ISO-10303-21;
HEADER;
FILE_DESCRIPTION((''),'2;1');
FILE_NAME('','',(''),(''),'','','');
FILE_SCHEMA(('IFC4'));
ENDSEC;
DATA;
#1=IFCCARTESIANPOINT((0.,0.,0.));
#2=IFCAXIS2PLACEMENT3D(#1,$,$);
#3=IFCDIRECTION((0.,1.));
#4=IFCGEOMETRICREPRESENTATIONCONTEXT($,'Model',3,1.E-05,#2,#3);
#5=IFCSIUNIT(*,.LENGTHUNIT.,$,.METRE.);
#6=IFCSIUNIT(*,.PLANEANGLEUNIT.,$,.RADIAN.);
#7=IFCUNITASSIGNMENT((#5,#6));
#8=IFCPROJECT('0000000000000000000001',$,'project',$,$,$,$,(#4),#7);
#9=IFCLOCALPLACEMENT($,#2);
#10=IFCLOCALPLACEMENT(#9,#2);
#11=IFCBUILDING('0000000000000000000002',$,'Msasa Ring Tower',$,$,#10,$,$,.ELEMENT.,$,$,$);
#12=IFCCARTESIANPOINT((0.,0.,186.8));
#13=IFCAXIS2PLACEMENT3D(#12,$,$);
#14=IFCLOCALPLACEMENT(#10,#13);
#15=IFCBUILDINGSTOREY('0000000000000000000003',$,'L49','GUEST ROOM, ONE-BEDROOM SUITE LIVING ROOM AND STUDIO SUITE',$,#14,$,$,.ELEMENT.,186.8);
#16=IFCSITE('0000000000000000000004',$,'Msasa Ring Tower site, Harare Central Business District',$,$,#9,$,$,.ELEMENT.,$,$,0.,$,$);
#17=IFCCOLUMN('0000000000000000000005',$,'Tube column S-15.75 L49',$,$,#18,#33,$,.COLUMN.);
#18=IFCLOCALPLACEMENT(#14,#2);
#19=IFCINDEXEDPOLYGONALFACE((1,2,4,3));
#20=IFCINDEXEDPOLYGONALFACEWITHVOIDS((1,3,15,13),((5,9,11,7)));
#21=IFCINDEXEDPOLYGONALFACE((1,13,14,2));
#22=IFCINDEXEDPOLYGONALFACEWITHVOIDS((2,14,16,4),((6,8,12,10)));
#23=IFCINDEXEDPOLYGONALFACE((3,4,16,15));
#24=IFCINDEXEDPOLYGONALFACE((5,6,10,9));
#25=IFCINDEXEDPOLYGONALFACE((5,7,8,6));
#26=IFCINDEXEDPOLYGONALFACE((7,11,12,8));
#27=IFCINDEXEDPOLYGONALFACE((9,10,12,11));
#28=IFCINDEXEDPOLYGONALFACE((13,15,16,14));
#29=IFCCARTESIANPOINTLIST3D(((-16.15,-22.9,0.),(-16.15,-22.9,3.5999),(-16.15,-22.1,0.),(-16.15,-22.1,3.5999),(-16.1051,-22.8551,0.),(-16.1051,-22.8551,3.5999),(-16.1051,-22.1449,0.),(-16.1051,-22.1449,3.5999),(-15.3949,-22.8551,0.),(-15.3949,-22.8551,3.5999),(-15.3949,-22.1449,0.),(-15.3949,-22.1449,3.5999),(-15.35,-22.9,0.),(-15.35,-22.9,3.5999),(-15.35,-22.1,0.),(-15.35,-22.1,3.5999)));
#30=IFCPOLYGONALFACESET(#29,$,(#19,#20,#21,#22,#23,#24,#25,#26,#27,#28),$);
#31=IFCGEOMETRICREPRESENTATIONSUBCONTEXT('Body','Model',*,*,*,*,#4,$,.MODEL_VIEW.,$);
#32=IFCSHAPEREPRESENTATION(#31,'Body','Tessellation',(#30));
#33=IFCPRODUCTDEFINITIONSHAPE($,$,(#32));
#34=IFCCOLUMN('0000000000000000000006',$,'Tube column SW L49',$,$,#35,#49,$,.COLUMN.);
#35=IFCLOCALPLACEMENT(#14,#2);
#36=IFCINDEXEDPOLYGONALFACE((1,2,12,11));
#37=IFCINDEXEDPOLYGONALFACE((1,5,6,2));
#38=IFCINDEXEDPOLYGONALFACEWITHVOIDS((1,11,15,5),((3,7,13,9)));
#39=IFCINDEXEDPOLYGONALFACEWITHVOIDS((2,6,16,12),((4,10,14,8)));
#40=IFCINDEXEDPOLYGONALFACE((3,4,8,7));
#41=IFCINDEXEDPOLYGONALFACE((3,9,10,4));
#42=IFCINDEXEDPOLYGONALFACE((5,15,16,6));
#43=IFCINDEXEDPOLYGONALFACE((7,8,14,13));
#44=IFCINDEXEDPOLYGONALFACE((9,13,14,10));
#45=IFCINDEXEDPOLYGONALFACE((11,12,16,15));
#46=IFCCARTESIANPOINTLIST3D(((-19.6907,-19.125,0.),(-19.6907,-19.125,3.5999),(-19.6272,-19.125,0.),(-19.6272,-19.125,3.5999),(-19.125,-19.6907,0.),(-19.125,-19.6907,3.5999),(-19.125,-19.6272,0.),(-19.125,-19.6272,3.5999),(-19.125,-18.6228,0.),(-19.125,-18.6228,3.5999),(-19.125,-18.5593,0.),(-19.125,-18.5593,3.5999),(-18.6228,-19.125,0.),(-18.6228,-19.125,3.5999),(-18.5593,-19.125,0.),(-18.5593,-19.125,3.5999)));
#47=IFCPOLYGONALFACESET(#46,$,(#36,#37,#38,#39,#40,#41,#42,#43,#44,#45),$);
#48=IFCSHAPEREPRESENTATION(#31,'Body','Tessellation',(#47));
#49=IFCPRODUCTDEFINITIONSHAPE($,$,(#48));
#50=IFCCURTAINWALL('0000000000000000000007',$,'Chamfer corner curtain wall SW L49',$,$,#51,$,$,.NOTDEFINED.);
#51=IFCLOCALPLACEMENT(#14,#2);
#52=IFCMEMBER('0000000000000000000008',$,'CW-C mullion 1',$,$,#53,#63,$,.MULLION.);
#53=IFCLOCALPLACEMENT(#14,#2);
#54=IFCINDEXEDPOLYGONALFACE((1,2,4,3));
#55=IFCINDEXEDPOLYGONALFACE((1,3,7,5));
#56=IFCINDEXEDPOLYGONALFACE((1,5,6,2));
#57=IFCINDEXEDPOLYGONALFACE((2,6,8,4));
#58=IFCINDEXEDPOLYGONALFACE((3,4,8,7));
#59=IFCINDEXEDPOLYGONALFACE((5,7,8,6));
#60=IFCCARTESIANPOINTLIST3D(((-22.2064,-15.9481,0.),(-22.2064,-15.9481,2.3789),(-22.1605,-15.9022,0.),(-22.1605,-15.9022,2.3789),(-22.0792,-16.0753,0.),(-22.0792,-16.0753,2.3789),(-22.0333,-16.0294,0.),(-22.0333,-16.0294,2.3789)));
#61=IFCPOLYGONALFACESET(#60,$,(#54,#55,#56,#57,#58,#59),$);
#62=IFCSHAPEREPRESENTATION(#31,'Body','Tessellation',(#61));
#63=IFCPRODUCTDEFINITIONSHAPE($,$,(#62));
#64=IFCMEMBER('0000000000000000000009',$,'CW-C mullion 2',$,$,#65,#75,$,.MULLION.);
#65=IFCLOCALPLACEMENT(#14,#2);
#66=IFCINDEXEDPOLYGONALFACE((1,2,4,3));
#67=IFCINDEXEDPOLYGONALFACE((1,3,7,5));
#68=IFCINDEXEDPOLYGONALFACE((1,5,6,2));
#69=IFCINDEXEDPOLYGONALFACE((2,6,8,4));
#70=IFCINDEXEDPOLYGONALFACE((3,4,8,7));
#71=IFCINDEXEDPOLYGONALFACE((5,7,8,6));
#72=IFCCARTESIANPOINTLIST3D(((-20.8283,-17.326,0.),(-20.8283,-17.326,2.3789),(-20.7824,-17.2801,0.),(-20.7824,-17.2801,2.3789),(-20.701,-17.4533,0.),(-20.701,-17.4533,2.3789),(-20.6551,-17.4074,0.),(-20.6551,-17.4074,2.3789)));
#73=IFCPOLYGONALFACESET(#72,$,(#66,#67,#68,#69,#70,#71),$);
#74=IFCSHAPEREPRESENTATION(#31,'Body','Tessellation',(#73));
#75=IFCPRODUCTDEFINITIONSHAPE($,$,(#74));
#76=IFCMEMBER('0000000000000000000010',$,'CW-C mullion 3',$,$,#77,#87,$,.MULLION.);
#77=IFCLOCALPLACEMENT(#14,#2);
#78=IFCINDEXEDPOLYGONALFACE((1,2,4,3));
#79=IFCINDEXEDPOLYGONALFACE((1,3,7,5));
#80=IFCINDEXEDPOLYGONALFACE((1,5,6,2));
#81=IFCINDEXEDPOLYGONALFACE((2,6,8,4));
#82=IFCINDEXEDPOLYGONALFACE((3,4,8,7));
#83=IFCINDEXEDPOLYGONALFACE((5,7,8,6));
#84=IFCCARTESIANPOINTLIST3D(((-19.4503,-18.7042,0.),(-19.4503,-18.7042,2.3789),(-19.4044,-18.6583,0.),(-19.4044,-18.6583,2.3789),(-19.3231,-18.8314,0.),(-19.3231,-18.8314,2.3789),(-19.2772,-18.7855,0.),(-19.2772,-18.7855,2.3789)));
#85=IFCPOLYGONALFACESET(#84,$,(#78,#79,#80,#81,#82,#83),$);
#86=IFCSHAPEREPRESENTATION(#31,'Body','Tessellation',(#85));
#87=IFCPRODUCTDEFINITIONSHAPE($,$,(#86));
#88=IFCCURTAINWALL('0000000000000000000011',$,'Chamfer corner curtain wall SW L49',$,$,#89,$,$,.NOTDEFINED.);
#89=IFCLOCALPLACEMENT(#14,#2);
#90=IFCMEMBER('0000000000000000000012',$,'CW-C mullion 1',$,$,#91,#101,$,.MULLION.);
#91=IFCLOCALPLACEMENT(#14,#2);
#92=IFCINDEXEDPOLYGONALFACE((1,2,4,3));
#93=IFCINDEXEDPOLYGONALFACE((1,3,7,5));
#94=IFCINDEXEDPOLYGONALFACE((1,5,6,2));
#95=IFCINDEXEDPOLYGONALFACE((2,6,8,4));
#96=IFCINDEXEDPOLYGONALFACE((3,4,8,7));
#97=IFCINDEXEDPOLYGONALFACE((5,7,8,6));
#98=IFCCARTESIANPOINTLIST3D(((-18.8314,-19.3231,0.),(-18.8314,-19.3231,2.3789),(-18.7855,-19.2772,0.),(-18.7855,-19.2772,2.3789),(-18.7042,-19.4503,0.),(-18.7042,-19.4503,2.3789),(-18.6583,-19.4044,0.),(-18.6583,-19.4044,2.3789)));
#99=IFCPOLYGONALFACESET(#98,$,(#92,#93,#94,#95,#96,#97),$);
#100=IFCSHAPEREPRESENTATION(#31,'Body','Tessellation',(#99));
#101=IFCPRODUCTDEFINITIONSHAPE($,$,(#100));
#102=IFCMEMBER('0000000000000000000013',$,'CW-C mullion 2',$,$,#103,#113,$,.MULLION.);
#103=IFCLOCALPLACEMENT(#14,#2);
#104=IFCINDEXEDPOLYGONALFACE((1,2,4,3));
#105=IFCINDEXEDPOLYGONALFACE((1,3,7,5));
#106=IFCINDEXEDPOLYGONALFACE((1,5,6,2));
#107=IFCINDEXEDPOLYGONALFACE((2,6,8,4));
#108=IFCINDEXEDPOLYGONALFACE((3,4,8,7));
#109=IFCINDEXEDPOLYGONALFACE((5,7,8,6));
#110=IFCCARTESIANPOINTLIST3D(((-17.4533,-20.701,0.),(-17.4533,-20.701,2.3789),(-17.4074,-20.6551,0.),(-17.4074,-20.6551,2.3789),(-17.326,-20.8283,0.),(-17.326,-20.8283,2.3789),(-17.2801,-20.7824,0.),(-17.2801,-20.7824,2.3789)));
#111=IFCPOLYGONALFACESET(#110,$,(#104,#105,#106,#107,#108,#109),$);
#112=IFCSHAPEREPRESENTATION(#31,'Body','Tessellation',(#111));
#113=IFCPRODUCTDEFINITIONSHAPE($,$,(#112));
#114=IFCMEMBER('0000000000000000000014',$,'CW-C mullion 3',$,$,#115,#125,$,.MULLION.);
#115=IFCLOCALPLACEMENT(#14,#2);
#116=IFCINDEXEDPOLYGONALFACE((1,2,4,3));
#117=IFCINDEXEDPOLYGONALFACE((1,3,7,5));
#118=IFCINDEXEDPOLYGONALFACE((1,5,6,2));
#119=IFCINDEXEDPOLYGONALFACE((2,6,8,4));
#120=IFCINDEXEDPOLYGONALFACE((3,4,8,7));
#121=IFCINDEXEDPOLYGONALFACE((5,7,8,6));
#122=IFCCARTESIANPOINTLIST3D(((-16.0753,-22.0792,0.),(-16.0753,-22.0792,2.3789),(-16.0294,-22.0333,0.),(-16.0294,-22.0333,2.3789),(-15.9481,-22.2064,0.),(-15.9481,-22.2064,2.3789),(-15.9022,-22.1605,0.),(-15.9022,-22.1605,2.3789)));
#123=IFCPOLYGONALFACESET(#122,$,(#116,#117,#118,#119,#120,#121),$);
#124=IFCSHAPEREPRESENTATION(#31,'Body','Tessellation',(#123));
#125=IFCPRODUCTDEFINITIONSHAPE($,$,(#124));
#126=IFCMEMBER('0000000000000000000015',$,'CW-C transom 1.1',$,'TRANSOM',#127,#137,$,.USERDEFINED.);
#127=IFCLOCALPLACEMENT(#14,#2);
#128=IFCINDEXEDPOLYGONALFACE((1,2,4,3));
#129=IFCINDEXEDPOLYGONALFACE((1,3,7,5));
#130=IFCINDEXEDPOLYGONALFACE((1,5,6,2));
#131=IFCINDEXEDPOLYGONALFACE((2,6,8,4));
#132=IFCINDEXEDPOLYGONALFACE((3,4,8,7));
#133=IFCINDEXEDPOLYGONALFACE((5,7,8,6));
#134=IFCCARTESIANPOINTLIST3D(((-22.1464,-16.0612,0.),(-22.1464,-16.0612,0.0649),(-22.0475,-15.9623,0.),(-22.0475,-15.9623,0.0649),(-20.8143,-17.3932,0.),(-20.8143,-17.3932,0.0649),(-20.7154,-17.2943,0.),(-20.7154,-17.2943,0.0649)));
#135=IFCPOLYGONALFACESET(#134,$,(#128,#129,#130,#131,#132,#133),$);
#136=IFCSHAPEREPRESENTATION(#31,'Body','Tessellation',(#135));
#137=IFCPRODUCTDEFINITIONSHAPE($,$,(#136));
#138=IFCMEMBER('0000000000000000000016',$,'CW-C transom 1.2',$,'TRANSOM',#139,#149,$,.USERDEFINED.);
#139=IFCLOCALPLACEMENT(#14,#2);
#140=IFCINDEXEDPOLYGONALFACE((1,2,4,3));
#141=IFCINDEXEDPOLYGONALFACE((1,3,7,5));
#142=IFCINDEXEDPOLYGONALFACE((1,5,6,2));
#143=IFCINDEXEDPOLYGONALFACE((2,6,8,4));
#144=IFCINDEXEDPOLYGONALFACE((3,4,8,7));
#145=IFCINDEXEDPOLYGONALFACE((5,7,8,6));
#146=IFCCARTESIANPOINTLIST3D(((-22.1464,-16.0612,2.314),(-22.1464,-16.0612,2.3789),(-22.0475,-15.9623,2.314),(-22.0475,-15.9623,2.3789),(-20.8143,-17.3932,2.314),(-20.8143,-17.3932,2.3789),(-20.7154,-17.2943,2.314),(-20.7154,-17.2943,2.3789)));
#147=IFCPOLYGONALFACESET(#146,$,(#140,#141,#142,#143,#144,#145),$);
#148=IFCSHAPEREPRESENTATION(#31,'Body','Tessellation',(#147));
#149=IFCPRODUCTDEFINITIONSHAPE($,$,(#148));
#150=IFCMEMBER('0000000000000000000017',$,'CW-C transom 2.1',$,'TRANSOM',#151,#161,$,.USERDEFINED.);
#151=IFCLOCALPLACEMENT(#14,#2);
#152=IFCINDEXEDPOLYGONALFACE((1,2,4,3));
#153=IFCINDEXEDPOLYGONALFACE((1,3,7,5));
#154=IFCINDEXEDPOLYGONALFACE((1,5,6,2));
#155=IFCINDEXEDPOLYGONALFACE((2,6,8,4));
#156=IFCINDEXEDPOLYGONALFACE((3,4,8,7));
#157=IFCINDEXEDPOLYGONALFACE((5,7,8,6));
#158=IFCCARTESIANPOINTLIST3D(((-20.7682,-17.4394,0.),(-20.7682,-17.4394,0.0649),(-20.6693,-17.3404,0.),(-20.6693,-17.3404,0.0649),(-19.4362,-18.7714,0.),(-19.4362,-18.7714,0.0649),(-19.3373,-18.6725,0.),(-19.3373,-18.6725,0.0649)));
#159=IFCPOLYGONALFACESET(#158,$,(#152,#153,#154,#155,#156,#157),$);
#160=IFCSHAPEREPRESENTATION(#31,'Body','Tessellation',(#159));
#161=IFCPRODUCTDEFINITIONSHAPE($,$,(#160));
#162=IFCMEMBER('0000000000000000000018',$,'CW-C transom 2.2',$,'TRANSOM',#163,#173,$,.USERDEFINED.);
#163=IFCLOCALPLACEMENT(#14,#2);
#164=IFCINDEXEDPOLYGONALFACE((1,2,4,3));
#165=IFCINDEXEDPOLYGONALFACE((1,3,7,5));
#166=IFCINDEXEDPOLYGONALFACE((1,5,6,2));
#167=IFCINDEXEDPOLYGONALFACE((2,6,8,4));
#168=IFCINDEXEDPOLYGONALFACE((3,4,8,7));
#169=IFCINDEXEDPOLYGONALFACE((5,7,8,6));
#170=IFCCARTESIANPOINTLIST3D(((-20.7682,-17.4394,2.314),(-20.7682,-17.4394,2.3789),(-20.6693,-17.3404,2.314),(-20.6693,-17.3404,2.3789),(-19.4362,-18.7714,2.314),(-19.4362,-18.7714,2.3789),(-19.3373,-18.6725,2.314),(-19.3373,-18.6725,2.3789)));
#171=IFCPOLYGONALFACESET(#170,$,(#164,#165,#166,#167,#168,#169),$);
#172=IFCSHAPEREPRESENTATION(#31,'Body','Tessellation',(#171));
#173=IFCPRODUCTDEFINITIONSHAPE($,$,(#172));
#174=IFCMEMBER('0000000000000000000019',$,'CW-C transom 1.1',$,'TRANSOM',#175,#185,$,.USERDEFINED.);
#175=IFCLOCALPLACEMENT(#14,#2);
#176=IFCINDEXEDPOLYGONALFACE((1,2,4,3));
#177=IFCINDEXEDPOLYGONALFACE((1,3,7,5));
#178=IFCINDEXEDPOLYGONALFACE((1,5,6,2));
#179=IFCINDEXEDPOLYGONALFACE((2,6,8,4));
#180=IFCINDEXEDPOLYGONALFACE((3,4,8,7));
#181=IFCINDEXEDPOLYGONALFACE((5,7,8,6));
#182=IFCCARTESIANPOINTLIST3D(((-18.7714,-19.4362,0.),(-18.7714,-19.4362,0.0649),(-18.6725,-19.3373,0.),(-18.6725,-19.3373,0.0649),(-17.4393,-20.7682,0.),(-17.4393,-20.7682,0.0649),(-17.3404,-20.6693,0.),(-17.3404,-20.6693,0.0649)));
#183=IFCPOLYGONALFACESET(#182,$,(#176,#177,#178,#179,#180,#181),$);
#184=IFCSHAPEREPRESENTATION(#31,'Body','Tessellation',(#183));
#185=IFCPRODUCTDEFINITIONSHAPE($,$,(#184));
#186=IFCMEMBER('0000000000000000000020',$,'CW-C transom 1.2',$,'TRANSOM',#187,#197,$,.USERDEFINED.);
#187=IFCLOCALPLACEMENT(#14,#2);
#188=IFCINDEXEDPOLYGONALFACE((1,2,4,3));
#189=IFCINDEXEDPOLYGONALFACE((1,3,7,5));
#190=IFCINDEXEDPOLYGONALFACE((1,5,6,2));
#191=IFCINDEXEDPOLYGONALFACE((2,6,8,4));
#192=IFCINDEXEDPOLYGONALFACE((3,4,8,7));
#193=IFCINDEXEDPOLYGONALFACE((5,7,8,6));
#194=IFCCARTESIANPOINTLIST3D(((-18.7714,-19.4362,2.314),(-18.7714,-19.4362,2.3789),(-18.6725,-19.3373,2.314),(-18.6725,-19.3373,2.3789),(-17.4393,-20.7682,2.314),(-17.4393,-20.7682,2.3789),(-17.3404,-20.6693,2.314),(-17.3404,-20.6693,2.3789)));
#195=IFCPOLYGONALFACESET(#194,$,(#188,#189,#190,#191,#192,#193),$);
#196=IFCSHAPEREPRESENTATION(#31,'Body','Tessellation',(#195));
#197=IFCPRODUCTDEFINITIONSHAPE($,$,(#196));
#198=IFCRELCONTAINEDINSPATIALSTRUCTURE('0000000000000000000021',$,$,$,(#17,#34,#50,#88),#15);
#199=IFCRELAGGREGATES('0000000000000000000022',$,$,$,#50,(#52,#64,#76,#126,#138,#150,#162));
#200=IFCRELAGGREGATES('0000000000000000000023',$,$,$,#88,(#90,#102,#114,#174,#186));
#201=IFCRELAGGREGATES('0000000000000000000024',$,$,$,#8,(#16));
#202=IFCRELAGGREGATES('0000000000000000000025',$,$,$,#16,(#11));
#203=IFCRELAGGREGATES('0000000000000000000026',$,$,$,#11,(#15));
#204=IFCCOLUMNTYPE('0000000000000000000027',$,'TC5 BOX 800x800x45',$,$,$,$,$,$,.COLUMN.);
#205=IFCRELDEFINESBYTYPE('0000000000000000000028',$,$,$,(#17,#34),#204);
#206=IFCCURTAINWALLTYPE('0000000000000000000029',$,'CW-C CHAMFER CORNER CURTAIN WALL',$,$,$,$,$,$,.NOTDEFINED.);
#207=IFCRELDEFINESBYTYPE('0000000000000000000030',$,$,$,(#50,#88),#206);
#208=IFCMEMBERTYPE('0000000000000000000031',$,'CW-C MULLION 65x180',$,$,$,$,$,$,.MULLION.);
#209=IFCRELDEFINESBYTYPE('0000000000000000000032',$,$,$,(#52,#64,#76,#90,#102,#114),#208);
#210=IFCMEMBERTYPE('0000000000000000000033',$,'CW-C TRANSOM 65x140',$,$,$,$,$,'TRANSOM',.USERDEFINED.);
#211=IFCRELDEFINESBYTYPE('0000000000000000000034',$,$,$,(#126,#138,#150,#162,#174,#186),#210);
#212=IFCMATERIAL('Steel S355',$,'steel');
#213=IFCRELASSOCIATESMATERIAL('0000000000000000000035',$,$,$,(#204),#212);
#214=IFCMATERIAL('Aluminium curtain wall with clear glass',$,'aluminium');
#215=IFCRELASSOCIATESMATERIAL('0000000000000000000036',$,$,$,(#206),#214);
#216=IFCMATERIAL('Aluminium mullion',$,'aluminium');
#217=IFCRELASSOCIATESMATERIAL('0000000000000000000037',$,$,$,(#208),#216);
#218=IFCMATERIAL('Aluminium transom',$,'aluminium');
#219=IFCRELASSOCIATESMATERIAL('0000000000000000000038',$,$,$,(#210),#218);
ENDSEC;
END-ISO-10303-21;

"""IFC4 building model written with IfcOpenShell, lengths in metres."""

from ifc_helpers import new_model, si_unit, direction, frame, origin, origin_2d, place, context, subcontext, project, spatial, rectangle, hollow_rectangle, extrude, material, material_profile, profile_set, type_object, element, aggregate, save


model = new_model("IFC4")

# Units and contexts
model_context = context("Model", 3, precision=1e-05, world=origin(), true_north=direction((0.0, 1.0)))
body_context = subcontext(model_context, "Body", "Model", "MODEL_VIEW")
ifc_project = project(units=[si_unit("LENGTHUNIT", "METRE"), si_unit("PLANEANGLEUNIT", "RADIAN")], contexts=[model_context])

# Site, building, storey
site_placement = place(None, origin())
site = spatial("IfcSite", under=ifc_project, at=site_placement, Name="Msasa Ring Tower site, Harare Central Business District", CompositionType="ELEMENT", RefElevation=0.0)
building_placement = place(site_placement, origin())
building = spatial("IfcBuilding", under=site, at=building_placement, Name="Msasa Ring Tower", CompositionType="ELEMENT")
storey_placement = place(building_placement, frame((0.0, 0.0, 186.8)))
storey = spatial("IfcBuildingStorey", under=building, at=storey_placement, Name="L49", Description="GUEST ROOM, ONE-BEDROOM SUITE LIVING ROOM AND STUDIO SUITE", CompositionType="ELEMENT", Elevation=186.8)

# Columns
ifc_material_1 = material(Name="Steel S355", Category="steel")
ifc_material_profile_1 = material_profile(ifc_material_1, hollow_rectangle(XDim=0.8, YDim=0.8, WallThickness=0.0449, at=origin_2d()), Name="BOX 800x800x45")
ifc_profile_set_1 = profile_set([ifc_material_profile_1], Name="Steel S355")
column_type = type_object("IfcColumnType", Name="TC5 BOX 800x800x45", PredefinedType="COLUMN", material=ifc_profile_set_1)
for number, where, z_axis, x_axis, name in (
    (1, (-15.75, -22.5, 0.0), (0.0, 0.0, 1.0), (0.0, 1.0, 0.0), "Tube column S-15.75 L49"),
    (2, (-19.125, -19.125, 0.0), (0.0, 0.0, 1.0), (0.707107, 0.707107, 0.0), "Tube column SW L49"),
):
    element("IfcColumn", number, at=place(storey_placement, frame(where, z_axis=z_axis, x_axis=x_axis)), inside=storey, type_object=column_type, Name=name, PredefinedType="COLUMN", context=body_context, shape_type="SweptSolid", body=[
        extrude(hollow_rectangle(XDim=0.8, YDim=0.8, WallThickness=0.0449, at=origin_2d()), origin(), (0.0, 0.0, 1.0), 3.5999),
    ])

# Curtain walls, members
ifc_material_2 = material(Name="Aluminium curtain wall with clear glass", Category="aluminium")
curtain_wall_type = type_object("IfcCurtainWallType", Name="CW-C CHAMFER CORNER CURTAIN WALL", PredefinedType="NOTDEFINED", material=ifc_material_2)
curtain_wall_1_placement = place(storey_placement, origin())
curtain_wall_1 = element("IfcCurtainWall", 3, at=curtain_wall_1_placement, inside=storey, type_object=curtain_wall_type, Name="Chamfer corner curtain wall SW L49", PredefinedType="NOTDEFINED")
ifc_material_3 = material(Name="Aluminium mullion", Category="aluminium")
ifc_material_profile_2 = material_profile(ifc_material_3, rectangle(XDim=0.0649, YDim=0.1799, at=origin_2d()), Name="AL 65x180")
ifc_profile_set_2 = profile_set([ifc_material_profile_2], Name="Aluminium mullion")
member_type_1 = type_object("IfcMemberType", Name="CW-C MULLION 65x180", PredefinedType="MULLION", material=ifc_profile_set_2)
member_1_placement = place(storey_placement, frame((-22.1199, -15.9888, 0.0), z_axis=(0.0, 0.0, 1.0), x_axis=(0.707107, 0.707107, 0.0)))
member_1 = element("IfcMember", 4, at=member_1_placement, type_object=member_type_1, Name="CW-C mullion 1", PredefinedType="MULLION", context=body_context, shape_type="SweptSolid", body=[
    extrude(rectangle(XDim=0.0649, YDim=0.1799, at=origin_2d()), origin(), (0.0, 0.0, 1.0), 2.3789),
])
member_2_placement = place(storey_placement, frame((-20.7417, -17.3667, 0.0), z_axis=(0.0, 0.0, 1.0), x_axis=(0.707107, 0.707107, 0.0)))
member_2 = element("IfcMember", 5, at=member_2_placement, type_object=member_type_1, Name="CW-C mullion 2", PredefinedType="MULLION", context=body_context, shape_type="SweptSolid", body=[
    extrude(rectangle(XDim=0.0649, YDim=0.1799, at=origin_2d()), origin(), (0.0, 0.0, 1.0), 2.3789),
])
member_3_placement = place(storey_placement, frame((-19.3638, -18.7449, 0.0), z_axis=(0.0, 0.0, 1.0), x_axis=(0.707107, 0.707107, 0.0)))
member_3 = element("IfcMember", 6, at=member_3_placement, type_object=member_type_1, Name="CW-C mullion 3", PredefinedType="MULLION", context=body_context, shape_type="SweptSolid", body=[
    extrude(rectangle(XDim=0.0649, YDim=0.1799, at=origin_2d()), origin(), (0.0, 0.0, 1.0), 2.3789),
])
curtain_wall_2_placement = place(storey_placement, origin())
curtain_wall_2 = element("IfcCurtainWall", 7, at=curtain_wall_2_placement, inside=storey, type_object=curtain_wall_type, Name="Chamfer corner curtain wall SW L49", PredefinedType="NOTDEFINED")
member_4_placement = place(storey_placement, frame((-18.7449, -19.3638, 0.0), z_axis=(0.0, 0.0, 1.0), x_axis=(0.707107, 0.707107, 0.0)))
member_4 = element("IfcMember", 8, at=member_4_placement, type_object=member_type_1, Name="CW-C mullion 1", PredefinedType="MULLION", context=body_context, shape_type="SweptSolid", body=[
    extrude(rectangle(XDim=0.0649, YDim=0.1799, at=origin_2d()), origin(), (0.0, 0.0, 1.0), 2.3789),
])
member_5_placement = place(storey_placement, frame((-17.3667, -20.7417, 0.0), z_axis=(0.0, 0.0, 1.0), x_axis=(0.707107, 0.707107, 0.0)))
member_5 = element("IfcMember", 9, at=member_5_placement, type_object=member_type_1, Name="CW-C mullion 2", PredefinedType="MULLION", context=body_context, shape_type="SweptSolid", body=[
    extrude(rectangle(XDim=0.0649, YDim=0.1799, at=origin_2d()), origin(), (0.0, 0.0, 1.0), 2.3789),
])
member_6_placement = place(storey_placement, frame((-15.9888, -22.1199, 0.0), z_axis=(0.0, 0.0, 1.0), x_axis=(0.707107, 0.707107, 0.0)))
member_6 = element("IfcMember", 10, at=member_6_placement, type_object=member_type_1, Name="CW-C mullion 3", PredefinedType="MULLION", context=body_context, shape_type="SweptSolid", body=[
    extrude(rectangle(XDim=0.0649, YDim=0.1799, at=origin_2d()), origin(), (0.0, 0.0, 1.0), 2.3789),
])

# Members
ifc_material_4 = material(Name="Aluminium transom", Category="aluminium")
ifc_material_profile_3 = material_profile(ifc_material_4, rectangle(XDim=0.1399, YDim=0.0649, at=origin_2d()), Name="AL 65x140")
ifc_profile_set_3 = profile_set([ifc_material_profile_3], Name="Aluminium transom")
member_type_2 = type_object("IfcMemberType", Name="CW-C TRANSOM 65x140", ElementType="TRANSOM", PredefinedType="USERDEFINED", material=ifc_profile_set_3)
member_7_placement = place(storey_placement, frame((-22.0969, -16.0117, 0.0325), z_axis=(0.707107, -0.707107, 0.0), x_axis=(0.707107, 0.707107, 0.0)))
member_7 = element("IfcMember", 11, at=member_7_placement, type_object=member_type_2, Name="CW-C transom 1.1", ObjectType="TRANSOM", PredefinedType="USERDEFINED", context=body_context, shape_type="SweptSolid", body=[
    extrude(rectangle(XDim=0.1399, YDim=0.0649, at=origin_2d()), origin(), (0.0, 0.0, 1.0), 1.8838),
])
member_8_placement = place(storey_placement, frame((-22.0969, -16.0117, 2.3464), z_axis=(0.707107, -0.707107, 0.0), x_axis=(0.707107, 0.707107, 0.0)))
member_8 = element("IfcMember", 12, at=member_8_placement, type_object=member_type_2, Name="CW-C transom 1.2", ObjectType="TRANSOM", PredefinedType="USERDEFINED", context=body_context, shape_type="SweptSolid", body=[
    extrude(rectangle(XDim=0.1399, YDim=0.0649, at=origin_2d()), origin(), (0.0, 0.0, 1.0), 1.8838),
])
member_9_placement = place(storey_placement, frame((-20.7188, -17.3899, 0.0325), z_axis=(0.707107, -0.707107, 0.0), x_axis=(0.707107, 0.707107, 0.0)))
member_9 = element("IfcMember", 13, at=member_9_placement, type_object=member_type_2, Name="CW-C transom 2.1", ObjectType="TRANSOM", PredefinedType="USERDEFINED", context=body_context, shape_type="SweptSolid", body=[
    extrude(rectangle(XDim=0.1399, YDim=0.0649, at=origin_2d()), origin(), (0.0, 0.0, 1.0), 1.8838),
])
member_10_placement = place(storey_placement, frame((-20.7188, -17.3899, 2.3464), z_axis=(0.707107, -0.707107, 0.0), x_axis=(0.707107, 0.707107, 0.0)))
member_10 = element("IfcMember", 14, at=member_10_placement, type_object=member_type_2, Name="CW-C transom 2.2", ObjectType="TRANSOM", PredefinedType="USERDEFINED", context=body_context, shape_type="SweptSolid", body=[
    extrude(rectangle(XDim=0.1399, YDim=0.0649, at=origin_2d()), origin(), (0.0, 0.0, 1.0), 1.8838),
])
member_11_placement = place(storey_placement, frame((-18.7219, -19.3867, 0.0325), z_axis=(0.707107, -0.707107, 0.0), x_axis=(0.707107, 0.707107, 0.0)))
member_11 = element("IfcMember", 15, at=member_11_placement, type_object=member_type_2, Name="CW-C transom 1.1", ObjectType="TRANSOM", PredefinedType="USERDEFINED", context=body_context, shape_type="SweptSolid", body=[
    extrude(rectangle(XDim=0.1399, YDim=0.0649, at=origin_2d()), origin(), (0.0, 0.0, 1.0), 1.8838),
])
member_12_placement = place(storey_placement, frame((-18.7219, -19.3867, 2.3464), z_axis=(0.707107, -0.707107, 0.0), x_axis=(0.707107, 0.707107, 0.0)))
member_12 = element("IfcMember", 16, at=member_12_placement, type_object=member_type_2, Name="CW-C transom 1.2", ObjectType="TRANSOM", PredefinedType="USERDEFINED", context=body_context, shape_type="SweptSolid", body=[
    extrude(rectangle(XDim=0.1399, YDim=0.0649, at=origin_2d()), origin(), (0.0, 0.0, 1.0), 1.8838),
])

aggregate(curtain_wall_1, [member_1, member_2, member_3, member_7, member_8, member_9, member_10])
aggregate(curtain_wall_2, [member_4, member_5, member_6, member_11, member_12])

save(model, "model.ifc")
